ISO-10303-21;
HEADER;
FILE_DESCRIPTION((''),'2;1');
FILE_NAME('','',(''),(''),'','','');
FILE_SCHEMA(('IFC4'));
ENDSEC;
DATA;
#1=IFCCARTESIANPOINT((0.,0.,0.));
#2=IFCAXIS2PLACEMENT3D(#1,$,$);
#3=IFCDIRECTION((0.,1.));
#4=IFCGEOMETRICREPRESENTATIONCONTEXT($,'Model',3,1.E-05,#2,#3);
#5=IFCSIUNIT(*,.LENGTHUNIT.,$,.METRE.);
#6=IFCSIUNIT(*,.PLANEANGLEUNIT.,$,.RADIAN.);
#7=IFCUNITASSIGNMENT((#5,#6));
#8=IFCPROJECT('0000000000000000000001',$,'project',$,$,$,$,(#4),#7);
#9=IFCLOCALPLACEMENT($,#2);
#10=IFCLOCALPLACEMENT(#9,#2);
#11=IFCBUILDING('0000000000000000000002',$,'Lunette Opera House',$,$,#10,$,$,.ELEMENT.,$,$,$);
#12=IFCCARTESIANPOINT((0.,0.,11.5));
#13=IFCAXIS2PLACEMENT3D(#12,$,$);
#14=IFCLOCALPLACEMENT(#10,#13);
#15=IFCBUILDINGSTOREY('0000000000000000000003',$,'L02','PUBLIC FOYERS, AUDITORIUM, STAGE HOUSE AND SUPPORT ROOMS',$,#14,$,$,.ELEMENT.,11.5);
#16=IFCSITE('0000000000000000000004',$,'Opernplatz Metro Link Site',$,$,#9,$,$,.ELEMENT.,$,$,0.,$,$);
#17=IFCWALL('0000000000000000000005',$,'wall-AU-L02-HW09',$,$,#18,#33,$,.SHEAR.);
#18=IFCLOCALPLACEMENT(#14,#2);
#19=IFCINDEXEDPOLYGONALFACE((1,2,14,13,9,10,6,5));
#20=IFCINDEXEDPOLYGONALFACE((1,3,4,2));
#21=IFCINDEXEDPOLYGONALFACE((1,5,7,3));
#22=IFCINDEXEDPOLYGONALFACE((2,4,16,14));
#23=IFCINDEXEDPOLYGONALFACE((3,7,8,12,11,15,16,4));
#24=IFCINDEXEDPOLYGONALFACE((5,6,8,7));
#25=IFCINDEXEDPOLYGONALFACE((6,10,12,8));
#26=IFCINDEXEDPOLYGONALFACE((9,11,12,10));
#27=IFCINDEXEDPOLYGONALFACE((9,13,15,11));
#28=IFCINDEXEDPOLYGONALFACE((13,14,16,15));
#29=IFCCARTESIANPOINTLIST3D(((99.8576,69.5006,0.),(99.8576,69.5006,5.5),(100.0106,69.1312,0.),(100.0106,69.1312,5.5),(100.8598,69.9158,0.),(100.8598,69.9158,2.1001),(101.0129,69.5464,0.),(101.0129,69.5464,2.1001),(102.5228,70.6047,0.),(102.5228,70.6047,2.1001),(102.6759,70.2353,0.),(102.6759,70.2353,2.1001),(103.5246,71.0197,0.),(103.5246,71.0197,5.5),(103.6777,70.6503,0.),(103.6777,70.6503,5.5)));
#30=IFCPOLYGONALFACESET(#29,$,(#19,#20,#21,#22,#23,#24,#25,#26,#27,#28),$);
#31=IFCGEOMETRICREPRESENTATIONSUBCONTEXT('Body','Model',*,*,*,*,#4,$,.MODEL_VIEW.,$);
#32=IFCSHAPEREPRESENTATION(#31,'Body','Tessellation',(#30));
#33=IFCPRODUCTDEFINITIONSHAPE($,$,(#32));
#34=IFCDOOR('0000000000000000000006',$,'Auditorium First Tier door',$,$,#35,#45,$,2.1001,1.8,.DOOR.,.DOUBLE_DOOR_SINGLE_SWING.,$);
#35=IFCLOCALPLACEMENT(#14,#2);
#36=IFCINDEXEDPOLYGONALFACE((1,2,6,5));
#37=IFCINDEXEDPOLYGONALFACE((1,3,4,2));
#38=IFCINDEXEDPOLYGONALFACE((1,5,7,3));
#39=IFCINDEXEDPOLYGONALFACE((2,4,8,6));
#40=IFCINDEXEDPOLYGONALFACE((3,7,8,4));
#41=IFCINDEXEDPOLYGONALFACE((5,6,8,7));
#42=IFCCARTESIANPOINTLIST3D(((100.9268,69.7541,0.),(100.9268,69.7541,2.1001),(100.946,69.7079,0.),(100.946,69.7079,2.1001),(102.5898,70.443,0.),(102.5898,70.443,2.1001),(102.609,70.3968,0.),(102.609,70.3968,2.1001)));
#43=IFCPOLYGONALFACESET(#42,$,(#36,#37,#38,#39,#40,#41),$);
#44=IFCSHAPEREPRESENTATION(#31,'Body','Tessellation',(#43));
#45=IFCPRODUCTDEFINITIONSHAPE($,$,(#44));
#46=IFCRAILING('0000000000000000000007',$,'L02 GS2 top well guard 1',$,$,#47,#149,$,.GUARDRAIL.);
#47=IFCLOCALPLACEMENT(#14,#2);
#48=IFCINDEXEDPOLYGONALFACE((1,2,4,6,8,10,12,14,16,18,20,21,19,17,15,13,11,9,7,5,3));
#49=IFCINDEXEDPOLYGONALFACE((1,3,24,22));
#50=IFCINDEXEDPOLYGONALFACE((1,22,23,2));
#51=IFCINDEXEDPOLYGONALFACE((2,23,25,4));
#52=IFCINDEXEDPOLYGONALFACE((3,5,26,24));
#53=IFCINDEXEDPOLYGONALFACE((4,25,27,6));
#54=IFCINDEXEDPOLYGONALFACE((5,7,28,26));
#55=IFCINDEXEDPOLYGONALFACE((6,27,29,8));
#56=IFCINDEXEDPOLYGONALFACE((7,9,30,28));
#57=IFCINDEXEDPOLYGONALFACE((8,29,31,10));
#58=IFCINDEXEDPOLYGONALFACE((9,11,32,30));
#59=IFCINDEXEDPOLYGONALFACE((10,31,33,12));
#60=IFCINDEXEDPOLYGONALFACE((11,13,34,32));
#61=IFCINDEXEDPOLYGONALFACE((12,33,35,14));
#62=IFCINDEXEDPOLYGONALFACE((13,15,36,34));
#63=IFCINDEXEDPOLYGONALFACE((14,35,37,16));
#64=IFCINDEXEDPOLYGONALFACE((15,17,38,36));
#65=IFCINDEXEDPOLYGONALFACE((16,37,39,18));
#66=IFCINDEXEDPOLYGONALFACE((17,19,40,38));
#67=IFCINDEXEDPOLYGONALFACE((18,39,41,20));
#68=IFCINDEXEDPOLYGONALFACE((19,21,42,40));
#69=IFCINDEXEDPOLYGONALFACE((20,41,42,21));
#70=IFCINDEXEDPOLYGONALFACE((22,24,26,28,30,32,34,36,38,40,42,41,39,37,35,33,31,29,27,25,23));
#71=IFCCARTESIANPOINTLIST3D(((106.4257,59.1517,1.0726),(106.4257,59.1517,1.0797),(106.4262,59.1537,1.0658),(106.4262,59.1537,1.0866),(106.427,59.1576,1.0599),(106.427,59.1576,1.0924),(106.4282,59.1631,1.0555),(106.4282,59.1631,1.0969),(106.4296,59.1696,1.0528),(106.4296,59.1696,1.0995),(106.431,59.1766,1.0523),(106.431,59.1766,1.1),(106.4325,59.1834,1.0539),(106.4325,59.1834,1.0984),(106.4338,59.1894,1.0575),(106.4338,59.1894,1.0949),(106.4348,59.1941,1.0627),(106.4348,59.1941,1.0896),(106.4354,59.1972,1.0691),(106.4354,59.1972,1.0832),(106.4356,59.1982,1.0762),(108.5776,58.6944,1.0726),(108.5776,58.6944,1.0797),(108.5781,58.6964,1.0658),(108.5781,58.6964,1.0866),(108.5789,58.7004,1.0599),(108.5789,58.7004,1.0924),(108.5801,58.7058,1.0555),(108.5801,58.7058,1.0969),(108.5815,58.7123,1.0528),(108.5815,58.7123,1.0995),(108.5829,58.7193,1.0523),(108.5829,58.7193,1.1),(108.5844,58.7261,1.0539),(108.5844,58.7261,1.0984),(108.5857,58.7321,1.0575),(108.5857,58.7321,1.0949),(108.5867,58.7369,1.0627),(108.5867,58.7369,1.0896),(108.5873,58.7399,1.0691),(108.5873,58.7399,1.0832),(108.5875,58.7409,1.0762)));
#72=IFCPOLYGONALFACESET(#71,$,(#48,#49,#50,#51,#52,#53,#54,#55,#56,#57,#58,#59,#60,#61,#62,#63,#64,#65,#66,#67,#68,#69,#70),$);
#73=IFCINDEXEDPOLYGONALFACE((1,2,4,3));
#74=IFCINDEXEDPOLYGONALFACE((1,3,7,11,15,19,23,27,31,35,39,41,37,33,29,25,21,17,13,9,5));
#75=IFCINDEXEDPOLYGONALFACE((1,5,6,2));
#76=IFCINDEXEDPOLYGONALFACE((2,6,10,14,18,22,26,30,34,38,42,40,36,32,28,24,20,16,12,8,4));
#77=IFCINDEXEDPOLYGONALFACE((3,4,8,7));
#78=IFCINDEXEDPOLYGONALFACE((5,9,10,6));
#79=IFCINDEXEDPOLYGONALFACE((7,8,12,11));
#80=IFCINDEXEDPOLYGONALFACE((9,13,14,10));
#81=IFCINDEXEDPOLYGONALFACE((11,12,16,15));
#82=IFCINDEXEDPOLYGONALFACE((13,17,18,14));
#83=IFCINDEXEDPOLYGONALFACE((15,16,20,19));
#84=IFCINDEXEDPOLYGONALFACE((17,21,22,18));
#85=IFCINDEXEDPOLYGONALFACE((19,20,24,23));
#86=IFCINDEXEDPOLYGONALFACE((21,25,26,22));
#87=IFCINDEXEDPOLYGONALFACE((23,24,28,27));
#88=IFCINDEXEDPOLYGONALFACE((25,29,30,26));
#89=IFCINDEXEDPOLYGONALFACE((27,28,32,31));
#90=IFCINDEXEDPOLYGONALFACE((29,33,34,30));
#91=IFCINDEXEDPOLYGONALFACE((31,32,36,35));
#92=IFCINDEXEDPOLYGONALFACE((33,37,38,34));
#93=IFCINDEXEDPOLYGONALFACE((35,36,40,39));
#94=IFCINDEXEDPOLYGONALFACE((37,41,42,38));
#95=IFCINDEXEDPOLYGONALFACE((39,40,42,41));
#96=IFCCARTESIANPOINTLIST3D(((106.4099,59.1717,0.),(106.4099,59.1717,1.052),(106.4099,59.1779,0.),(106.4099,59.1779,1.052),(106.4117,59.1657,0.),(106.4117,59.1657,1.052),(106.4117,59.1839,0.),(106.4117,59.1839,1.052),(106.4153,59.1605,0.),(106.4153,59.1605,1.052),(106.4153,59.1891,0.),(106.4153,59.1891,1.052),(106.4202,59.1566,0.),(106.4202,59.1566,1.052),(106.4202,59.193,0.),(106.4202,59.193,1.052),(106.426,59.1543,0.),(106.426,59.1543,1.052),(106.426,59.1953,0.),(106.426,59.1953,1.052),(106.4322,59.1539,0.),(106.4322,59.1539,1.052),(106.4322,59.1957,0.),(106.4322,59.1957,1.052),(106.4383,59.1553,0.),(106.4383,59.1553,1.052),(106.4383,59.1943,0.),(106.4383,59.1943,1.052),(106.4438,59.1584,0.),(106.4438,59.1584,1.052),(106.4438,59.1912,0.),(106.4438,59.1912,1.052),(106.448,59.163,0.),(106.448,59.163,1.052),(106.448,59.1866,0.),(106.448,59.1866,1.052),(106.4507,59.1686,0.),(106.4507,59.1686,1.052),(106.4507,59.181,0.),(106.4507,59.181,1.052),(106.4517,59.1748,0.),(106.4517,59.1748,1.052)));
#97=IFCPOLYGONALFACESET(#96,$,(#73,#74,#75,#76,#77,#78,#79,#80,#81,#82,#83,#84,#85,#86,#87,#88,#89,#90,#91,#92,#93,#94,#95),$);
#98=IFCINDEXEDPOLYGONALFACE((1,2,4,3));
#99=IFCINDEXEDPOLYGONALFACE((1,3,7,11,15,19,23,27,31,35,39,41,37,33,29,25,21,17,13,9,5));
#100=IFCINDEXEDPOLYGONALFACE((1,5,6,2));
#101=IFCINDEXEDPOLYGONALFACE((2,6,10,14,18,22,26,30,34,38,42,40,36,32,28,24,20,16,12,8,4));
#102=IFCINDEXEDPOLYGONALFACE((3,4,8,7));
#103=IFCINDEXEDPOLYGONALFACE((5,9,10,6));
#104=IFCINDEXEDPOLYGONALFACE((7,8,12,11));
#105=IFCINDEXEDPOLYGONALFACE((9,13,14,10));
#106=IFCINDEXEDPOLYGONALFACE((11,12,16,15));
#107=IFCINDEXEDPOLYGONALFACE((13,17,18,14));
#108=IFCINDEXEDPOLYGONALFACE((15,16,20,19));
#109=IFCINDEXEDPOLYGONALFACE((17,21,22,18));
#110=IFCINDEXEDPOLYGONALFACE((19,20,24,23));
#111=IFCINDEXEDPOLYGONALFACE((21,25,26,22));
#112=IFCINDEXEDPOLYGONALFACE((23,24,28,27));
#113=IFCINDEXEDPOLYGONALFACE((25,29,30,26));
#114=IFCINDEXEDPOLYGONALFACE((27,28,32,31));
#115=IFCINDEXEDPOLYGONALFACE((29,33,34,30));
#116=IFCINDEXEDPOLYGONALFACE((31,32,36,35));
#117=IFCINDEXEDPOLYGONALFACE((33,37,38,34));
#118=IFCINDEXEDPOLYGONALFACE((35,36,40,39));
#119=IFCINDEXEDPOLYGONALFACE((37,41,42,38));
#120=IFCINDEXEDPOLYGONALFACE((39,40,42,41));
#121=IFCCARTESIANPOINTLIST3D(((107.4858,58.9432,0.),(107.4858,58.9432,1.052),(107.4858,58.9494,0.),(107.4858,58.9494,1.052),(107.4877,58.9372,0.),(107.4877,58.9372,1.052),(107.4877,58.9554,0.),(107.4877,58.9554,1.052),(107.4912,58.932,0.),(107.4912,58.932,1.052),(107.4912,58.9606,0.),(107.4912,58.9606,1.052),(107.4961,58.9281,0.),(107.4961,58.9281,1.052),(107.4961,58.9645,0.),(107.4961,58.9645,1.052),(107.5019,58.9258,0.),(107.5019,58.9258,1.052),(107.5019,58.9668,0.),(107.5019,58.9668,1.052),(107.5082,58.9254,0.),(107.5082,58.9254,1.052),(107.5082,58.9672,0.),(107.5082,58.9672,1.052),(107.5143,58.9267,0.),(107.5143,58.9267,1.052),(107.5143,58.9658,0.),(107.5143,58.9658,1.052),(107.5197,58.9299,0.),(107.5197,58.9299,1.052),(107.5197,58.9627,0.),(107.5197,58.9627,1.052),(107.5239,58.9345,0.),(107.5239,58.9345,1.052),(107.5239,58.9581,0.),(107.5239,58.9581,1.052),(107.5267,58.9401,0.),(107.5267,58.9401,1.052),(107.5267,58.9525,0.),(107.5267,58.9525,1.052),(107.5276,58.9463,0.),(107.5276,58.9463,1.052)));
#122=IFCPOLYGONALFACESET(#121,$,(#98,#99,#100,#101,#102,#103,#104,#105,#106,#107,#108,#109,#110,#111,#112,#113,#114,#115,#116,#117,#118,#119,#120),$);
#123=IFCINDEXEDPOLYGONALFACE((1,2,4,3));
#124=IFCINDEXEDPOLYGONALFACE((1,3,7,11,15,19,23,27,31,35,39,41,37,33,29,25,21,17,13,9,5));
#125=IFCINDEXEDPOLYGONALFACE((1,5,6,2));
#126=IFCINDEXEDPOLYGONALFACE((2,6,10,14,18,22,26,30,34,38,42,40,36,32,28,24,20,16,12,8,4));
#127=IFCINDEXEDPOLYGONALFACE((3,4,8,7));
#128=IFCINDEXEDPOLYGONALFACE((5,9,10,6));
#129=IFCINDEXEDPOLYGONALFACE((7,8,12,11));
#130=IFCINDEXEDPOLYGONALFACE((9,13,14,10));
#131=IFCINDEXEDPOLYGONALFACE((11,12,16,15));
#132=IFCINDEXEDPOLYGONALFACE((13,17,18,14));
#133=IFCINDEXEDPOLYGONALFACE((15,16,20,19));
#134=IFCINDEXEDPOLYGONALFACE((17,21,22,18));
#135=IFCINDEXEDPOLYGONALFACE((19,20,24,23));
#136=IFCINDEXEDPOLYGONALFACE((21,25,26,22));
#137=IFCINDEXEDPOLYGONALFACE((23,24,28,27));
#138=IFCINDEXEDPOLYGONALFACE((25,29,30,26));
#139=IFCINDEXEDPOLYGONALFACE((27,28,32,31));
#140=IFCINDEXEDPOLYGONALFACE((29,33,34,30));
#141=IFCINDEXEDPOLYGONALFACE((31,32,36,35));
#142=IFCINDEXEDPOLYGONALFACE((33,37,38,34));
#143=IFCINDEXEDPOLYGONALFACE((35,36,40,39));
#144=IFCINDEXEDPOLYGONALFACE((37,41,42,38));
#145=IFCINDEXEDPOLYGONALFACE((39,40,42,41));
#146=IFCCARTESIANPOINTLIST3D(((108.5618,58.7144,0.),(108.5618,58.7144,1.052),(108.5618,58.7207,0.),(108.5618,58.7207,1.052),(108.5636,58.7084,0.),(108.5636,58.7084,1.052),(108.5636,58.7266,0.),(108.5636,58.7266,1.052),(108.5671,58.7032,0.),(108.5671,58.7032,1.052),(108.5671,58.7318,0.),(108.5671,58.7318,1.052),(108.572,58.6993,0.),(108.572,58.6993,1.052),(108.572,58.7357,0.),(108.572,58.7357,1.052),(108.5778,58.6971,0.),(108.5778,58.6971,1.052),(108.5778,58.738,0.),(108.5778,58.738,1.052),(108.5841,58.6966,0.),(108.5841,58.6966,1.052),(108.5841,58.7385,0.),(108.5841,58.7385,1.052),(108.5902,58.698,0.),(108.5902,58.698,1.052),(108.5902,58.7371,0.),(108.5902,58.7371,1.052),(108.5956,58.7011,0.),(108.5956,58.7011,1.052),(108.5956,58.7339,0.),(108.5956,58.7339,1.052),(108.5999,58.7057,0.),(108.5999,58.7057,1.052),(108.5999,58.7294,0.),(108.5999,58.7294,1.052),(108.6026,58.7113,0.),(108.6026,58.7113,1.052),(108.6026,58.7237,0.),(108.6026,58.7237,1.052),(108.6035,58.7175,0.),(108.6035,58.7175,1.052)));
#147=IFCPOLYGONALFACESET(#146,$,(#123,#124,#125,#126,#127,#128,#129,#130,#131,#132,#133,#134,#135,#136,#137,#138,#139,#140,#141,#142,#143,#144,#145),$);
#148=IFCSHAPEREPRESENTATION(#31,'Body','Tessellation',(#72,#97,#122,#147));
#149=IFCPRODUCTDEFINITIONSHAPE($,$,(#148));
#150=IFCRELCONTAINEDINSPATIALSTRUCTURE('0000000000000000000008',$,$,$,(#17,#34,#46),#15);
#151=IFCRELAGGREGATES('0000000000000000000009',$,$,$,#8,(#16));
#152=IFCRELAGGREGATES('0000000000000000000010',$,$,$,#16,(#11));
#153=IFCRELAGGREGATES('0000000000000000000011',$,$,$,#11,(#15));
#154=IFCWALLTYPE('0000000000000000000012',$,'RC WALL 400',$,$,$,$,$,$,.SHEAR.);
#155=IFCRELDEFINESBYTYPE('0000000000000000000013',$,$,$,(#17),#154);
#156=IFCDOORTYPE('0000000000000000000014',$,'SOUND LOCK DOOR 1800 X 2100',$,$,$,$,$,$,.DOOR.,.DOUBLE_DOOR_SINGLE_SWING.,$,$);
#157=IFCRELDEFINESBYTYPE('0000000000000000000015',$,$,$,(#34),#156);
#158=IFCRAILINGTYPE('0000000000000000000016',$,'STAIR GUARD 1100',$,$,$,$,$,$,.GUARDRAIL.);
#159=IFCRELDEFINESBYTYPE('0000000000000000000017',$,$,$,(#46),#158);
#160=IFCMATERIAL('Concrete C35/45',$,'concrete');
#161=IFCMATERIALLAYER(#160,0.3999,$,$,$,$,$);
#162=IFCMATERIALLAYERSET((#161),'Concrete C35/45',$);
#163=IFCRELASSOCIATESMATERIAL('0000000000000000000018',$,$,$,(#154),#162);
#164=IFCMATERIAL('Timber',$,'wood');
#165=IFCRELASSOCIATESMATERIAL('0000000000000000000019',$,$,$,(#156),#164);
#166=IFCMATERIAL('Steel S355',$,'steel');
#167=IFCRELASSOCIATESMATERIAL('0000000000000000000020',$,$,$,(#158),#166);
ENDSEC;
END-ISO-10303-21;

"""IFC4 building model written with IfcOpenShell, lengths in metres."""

from ifc_helpers import new_model, si_unit, direction, frame, frame_2d, origin, origin_2d, place, context, subcontext, project, spatial, rectangle, circle, extrude, material, layer, layer_set, type_object, element, fill, save


model = new_model("IFC4")

# Units and contexts
model_context = context("Model", 3, precision=1e-05, world=origin(), true_north=direction((0.0, 1.0)))
body_context = subcontext(model_context, "Body", "Model", "MODEL_VIEW")
ifc_project = project(units=[si_unit("LENGTHUNIT", "METRE"), si_unit("PLANEANGLEUNIT", "RADIAN")], contexts=[model_context])

# Site, building, storey
site_placement = place(None, origin())
site = spatial("IfcSite", under=ifc_project, at=site_placement, Name="Opernplatz Metro Link Site", CompositionType="ELEMENT", RefElevation=0.0)
building_placement = place(site_placement, origin())
building = spatial("IfcBuilding", under=site, at=building_placement, Name="Lunette Opera House", CompositionType="ELEMENT")
storey_placement = place(building_placement, frame((0.0, 0.0, 11.5)))
storey = spatial("IfcBuildingStorey", under=building, at=storey_placement, Name="L02", Description="PUBLIC FOYERS, AUDITORIUM, STAGE HOUSE AND SUPPORT ROOMS", CompositionType="ELEMENT", Elevation=11.5)

# Wall, opening, door
ifc_material_1 = material(Name="Concrete C35/45", Category="concrete")
ifc_layer_1 = layer(ifc_material_1, 0.3999)
ifc_layer_set_1 = layer_set([ifc_layer_1], Name="Concrete C35/45")
wall_type_1 = type_object("IfcWallType", Name="RC WALL 400", PredefinedType="SHEAR", material=ifc_layer_set_1)
wall_1_placement = place(storey_placement, frame((99.9341, 69.3159, 0.0), z_axis=(0.0, 0.0, 1.0), x_axis=(0.923868, 0.38271, 0.0)))
wall_1 = element("IfcWall", 1, at=wall_1_placement, inside=storey, type_object=wall_type_1, Name="wall-AU-L02-HW09", PredefinedType="SHEAR", context=body_context, shape_type="SweptSolid", body=[
    extrude(rectangle(XDim=3.9692, YDim=0.3999, at=frame_2d((1.9846, 0.0))), origin(), (0.0, 0.0, 1.0), 5.5),
])
opening_1_placement = place(wall_1_placement, frame((1.085, 0.0, 0.0)))
opening_1 = element("IfcOpeningElement", 2, at=opening_1_placement, cuts=wall_1, PredefinedType="OPENING", context=body_context, shape_type="SweptSolid", body=[
    extrude(rectangle(XDim=1.8, YDim=2.1001, at=frame_2d((0.8999, 1.05))), frame((0.0, 0.2119, 0.0), z_axis=(0.0, -1.0, 0.0), x_axis=(1.0, 0.0, 0.0)), (0.0, 0.0, 1.0), 0.4238),
])
ifc_material_2 = material(Name="Timber", Category="wood")
door_type = type_object("IfcDoorType", Name="SOUND LOCK DOOR 1800 X 2100", OperationType="DOUBLE_DOOR_SINGLE_SWING", PredefinedType="DOOR", material=ifc_material_2)
door_placement = place(opening_1_placement, origin())
door = element("IfcDoor", 3, at=door_placement, inside=storey, type_object=door_type, Name="Auditorium First Tier door", OperationType="DOUBLE_DOOR_SINGLE_SWING", OverallHeight=2.1001, OverallWidth=1.8, PredefinedType="DOOR", context=body_context, shape_type="SweptSolid", body=[
    extrude(rectangle(XDim=1.8, YDim=2.1001, at=frame_2d((0.8999, 1.05))), frame((0.0, 0.0249, 0.0), z_axis=(0.0, -1.0, 0.0), x_axis=(1.0, 0.0, 0.0)), (0.0, 0.0, 1.0), 0.05),
])
fill(opening_1, door)

# Railing
ifc_material_3 = material(Name="Steel S355", Category="steel")
railing_type = type_object("IfcRailingType", Name="STAIR GUARD 1100", PredefinedType="GUARDRAIL", material=ifc_material_3)
railing_placement = place(storey_placement, frame((106.4307, 59.1748, 0.0)))
element("IfcRailing", 4, at=railing_placement, inside=storey, type_object=railing_type, Name="L02 GS2 top well guard 1", PredefinedType="GUARDRAIL", context=body_context, shape_type="SweptSolid", body=[
    extrude(circle(Radius=0.0239, at=origin_2d()), frame((0.0, 0.0, 1.0762), z_axis=(0.978158, -0.207861, 0.0), x_axis=(0.207861, 0.978158, 0.0)), (0.0, 0.0, 1.0), 2.2),
    extrude(circle(Radius=0.021, at=origin_2d()), origin(), (0.0, 0.0, 1.0), 1.052),
    extrude(circle(Radius=0.021, at=origin_2d()), frame((1.0759, -0.2285, 0.0)), (0.0, 0.0, 1.0), 1.052),
    extrude(circle(Radius=0.021, at=origin_2d()), frame((2.1519, -0.4573, 0.0)), (0.0, 0.0, 1.0), 1.052),
])

save(model, "model.ifc")
